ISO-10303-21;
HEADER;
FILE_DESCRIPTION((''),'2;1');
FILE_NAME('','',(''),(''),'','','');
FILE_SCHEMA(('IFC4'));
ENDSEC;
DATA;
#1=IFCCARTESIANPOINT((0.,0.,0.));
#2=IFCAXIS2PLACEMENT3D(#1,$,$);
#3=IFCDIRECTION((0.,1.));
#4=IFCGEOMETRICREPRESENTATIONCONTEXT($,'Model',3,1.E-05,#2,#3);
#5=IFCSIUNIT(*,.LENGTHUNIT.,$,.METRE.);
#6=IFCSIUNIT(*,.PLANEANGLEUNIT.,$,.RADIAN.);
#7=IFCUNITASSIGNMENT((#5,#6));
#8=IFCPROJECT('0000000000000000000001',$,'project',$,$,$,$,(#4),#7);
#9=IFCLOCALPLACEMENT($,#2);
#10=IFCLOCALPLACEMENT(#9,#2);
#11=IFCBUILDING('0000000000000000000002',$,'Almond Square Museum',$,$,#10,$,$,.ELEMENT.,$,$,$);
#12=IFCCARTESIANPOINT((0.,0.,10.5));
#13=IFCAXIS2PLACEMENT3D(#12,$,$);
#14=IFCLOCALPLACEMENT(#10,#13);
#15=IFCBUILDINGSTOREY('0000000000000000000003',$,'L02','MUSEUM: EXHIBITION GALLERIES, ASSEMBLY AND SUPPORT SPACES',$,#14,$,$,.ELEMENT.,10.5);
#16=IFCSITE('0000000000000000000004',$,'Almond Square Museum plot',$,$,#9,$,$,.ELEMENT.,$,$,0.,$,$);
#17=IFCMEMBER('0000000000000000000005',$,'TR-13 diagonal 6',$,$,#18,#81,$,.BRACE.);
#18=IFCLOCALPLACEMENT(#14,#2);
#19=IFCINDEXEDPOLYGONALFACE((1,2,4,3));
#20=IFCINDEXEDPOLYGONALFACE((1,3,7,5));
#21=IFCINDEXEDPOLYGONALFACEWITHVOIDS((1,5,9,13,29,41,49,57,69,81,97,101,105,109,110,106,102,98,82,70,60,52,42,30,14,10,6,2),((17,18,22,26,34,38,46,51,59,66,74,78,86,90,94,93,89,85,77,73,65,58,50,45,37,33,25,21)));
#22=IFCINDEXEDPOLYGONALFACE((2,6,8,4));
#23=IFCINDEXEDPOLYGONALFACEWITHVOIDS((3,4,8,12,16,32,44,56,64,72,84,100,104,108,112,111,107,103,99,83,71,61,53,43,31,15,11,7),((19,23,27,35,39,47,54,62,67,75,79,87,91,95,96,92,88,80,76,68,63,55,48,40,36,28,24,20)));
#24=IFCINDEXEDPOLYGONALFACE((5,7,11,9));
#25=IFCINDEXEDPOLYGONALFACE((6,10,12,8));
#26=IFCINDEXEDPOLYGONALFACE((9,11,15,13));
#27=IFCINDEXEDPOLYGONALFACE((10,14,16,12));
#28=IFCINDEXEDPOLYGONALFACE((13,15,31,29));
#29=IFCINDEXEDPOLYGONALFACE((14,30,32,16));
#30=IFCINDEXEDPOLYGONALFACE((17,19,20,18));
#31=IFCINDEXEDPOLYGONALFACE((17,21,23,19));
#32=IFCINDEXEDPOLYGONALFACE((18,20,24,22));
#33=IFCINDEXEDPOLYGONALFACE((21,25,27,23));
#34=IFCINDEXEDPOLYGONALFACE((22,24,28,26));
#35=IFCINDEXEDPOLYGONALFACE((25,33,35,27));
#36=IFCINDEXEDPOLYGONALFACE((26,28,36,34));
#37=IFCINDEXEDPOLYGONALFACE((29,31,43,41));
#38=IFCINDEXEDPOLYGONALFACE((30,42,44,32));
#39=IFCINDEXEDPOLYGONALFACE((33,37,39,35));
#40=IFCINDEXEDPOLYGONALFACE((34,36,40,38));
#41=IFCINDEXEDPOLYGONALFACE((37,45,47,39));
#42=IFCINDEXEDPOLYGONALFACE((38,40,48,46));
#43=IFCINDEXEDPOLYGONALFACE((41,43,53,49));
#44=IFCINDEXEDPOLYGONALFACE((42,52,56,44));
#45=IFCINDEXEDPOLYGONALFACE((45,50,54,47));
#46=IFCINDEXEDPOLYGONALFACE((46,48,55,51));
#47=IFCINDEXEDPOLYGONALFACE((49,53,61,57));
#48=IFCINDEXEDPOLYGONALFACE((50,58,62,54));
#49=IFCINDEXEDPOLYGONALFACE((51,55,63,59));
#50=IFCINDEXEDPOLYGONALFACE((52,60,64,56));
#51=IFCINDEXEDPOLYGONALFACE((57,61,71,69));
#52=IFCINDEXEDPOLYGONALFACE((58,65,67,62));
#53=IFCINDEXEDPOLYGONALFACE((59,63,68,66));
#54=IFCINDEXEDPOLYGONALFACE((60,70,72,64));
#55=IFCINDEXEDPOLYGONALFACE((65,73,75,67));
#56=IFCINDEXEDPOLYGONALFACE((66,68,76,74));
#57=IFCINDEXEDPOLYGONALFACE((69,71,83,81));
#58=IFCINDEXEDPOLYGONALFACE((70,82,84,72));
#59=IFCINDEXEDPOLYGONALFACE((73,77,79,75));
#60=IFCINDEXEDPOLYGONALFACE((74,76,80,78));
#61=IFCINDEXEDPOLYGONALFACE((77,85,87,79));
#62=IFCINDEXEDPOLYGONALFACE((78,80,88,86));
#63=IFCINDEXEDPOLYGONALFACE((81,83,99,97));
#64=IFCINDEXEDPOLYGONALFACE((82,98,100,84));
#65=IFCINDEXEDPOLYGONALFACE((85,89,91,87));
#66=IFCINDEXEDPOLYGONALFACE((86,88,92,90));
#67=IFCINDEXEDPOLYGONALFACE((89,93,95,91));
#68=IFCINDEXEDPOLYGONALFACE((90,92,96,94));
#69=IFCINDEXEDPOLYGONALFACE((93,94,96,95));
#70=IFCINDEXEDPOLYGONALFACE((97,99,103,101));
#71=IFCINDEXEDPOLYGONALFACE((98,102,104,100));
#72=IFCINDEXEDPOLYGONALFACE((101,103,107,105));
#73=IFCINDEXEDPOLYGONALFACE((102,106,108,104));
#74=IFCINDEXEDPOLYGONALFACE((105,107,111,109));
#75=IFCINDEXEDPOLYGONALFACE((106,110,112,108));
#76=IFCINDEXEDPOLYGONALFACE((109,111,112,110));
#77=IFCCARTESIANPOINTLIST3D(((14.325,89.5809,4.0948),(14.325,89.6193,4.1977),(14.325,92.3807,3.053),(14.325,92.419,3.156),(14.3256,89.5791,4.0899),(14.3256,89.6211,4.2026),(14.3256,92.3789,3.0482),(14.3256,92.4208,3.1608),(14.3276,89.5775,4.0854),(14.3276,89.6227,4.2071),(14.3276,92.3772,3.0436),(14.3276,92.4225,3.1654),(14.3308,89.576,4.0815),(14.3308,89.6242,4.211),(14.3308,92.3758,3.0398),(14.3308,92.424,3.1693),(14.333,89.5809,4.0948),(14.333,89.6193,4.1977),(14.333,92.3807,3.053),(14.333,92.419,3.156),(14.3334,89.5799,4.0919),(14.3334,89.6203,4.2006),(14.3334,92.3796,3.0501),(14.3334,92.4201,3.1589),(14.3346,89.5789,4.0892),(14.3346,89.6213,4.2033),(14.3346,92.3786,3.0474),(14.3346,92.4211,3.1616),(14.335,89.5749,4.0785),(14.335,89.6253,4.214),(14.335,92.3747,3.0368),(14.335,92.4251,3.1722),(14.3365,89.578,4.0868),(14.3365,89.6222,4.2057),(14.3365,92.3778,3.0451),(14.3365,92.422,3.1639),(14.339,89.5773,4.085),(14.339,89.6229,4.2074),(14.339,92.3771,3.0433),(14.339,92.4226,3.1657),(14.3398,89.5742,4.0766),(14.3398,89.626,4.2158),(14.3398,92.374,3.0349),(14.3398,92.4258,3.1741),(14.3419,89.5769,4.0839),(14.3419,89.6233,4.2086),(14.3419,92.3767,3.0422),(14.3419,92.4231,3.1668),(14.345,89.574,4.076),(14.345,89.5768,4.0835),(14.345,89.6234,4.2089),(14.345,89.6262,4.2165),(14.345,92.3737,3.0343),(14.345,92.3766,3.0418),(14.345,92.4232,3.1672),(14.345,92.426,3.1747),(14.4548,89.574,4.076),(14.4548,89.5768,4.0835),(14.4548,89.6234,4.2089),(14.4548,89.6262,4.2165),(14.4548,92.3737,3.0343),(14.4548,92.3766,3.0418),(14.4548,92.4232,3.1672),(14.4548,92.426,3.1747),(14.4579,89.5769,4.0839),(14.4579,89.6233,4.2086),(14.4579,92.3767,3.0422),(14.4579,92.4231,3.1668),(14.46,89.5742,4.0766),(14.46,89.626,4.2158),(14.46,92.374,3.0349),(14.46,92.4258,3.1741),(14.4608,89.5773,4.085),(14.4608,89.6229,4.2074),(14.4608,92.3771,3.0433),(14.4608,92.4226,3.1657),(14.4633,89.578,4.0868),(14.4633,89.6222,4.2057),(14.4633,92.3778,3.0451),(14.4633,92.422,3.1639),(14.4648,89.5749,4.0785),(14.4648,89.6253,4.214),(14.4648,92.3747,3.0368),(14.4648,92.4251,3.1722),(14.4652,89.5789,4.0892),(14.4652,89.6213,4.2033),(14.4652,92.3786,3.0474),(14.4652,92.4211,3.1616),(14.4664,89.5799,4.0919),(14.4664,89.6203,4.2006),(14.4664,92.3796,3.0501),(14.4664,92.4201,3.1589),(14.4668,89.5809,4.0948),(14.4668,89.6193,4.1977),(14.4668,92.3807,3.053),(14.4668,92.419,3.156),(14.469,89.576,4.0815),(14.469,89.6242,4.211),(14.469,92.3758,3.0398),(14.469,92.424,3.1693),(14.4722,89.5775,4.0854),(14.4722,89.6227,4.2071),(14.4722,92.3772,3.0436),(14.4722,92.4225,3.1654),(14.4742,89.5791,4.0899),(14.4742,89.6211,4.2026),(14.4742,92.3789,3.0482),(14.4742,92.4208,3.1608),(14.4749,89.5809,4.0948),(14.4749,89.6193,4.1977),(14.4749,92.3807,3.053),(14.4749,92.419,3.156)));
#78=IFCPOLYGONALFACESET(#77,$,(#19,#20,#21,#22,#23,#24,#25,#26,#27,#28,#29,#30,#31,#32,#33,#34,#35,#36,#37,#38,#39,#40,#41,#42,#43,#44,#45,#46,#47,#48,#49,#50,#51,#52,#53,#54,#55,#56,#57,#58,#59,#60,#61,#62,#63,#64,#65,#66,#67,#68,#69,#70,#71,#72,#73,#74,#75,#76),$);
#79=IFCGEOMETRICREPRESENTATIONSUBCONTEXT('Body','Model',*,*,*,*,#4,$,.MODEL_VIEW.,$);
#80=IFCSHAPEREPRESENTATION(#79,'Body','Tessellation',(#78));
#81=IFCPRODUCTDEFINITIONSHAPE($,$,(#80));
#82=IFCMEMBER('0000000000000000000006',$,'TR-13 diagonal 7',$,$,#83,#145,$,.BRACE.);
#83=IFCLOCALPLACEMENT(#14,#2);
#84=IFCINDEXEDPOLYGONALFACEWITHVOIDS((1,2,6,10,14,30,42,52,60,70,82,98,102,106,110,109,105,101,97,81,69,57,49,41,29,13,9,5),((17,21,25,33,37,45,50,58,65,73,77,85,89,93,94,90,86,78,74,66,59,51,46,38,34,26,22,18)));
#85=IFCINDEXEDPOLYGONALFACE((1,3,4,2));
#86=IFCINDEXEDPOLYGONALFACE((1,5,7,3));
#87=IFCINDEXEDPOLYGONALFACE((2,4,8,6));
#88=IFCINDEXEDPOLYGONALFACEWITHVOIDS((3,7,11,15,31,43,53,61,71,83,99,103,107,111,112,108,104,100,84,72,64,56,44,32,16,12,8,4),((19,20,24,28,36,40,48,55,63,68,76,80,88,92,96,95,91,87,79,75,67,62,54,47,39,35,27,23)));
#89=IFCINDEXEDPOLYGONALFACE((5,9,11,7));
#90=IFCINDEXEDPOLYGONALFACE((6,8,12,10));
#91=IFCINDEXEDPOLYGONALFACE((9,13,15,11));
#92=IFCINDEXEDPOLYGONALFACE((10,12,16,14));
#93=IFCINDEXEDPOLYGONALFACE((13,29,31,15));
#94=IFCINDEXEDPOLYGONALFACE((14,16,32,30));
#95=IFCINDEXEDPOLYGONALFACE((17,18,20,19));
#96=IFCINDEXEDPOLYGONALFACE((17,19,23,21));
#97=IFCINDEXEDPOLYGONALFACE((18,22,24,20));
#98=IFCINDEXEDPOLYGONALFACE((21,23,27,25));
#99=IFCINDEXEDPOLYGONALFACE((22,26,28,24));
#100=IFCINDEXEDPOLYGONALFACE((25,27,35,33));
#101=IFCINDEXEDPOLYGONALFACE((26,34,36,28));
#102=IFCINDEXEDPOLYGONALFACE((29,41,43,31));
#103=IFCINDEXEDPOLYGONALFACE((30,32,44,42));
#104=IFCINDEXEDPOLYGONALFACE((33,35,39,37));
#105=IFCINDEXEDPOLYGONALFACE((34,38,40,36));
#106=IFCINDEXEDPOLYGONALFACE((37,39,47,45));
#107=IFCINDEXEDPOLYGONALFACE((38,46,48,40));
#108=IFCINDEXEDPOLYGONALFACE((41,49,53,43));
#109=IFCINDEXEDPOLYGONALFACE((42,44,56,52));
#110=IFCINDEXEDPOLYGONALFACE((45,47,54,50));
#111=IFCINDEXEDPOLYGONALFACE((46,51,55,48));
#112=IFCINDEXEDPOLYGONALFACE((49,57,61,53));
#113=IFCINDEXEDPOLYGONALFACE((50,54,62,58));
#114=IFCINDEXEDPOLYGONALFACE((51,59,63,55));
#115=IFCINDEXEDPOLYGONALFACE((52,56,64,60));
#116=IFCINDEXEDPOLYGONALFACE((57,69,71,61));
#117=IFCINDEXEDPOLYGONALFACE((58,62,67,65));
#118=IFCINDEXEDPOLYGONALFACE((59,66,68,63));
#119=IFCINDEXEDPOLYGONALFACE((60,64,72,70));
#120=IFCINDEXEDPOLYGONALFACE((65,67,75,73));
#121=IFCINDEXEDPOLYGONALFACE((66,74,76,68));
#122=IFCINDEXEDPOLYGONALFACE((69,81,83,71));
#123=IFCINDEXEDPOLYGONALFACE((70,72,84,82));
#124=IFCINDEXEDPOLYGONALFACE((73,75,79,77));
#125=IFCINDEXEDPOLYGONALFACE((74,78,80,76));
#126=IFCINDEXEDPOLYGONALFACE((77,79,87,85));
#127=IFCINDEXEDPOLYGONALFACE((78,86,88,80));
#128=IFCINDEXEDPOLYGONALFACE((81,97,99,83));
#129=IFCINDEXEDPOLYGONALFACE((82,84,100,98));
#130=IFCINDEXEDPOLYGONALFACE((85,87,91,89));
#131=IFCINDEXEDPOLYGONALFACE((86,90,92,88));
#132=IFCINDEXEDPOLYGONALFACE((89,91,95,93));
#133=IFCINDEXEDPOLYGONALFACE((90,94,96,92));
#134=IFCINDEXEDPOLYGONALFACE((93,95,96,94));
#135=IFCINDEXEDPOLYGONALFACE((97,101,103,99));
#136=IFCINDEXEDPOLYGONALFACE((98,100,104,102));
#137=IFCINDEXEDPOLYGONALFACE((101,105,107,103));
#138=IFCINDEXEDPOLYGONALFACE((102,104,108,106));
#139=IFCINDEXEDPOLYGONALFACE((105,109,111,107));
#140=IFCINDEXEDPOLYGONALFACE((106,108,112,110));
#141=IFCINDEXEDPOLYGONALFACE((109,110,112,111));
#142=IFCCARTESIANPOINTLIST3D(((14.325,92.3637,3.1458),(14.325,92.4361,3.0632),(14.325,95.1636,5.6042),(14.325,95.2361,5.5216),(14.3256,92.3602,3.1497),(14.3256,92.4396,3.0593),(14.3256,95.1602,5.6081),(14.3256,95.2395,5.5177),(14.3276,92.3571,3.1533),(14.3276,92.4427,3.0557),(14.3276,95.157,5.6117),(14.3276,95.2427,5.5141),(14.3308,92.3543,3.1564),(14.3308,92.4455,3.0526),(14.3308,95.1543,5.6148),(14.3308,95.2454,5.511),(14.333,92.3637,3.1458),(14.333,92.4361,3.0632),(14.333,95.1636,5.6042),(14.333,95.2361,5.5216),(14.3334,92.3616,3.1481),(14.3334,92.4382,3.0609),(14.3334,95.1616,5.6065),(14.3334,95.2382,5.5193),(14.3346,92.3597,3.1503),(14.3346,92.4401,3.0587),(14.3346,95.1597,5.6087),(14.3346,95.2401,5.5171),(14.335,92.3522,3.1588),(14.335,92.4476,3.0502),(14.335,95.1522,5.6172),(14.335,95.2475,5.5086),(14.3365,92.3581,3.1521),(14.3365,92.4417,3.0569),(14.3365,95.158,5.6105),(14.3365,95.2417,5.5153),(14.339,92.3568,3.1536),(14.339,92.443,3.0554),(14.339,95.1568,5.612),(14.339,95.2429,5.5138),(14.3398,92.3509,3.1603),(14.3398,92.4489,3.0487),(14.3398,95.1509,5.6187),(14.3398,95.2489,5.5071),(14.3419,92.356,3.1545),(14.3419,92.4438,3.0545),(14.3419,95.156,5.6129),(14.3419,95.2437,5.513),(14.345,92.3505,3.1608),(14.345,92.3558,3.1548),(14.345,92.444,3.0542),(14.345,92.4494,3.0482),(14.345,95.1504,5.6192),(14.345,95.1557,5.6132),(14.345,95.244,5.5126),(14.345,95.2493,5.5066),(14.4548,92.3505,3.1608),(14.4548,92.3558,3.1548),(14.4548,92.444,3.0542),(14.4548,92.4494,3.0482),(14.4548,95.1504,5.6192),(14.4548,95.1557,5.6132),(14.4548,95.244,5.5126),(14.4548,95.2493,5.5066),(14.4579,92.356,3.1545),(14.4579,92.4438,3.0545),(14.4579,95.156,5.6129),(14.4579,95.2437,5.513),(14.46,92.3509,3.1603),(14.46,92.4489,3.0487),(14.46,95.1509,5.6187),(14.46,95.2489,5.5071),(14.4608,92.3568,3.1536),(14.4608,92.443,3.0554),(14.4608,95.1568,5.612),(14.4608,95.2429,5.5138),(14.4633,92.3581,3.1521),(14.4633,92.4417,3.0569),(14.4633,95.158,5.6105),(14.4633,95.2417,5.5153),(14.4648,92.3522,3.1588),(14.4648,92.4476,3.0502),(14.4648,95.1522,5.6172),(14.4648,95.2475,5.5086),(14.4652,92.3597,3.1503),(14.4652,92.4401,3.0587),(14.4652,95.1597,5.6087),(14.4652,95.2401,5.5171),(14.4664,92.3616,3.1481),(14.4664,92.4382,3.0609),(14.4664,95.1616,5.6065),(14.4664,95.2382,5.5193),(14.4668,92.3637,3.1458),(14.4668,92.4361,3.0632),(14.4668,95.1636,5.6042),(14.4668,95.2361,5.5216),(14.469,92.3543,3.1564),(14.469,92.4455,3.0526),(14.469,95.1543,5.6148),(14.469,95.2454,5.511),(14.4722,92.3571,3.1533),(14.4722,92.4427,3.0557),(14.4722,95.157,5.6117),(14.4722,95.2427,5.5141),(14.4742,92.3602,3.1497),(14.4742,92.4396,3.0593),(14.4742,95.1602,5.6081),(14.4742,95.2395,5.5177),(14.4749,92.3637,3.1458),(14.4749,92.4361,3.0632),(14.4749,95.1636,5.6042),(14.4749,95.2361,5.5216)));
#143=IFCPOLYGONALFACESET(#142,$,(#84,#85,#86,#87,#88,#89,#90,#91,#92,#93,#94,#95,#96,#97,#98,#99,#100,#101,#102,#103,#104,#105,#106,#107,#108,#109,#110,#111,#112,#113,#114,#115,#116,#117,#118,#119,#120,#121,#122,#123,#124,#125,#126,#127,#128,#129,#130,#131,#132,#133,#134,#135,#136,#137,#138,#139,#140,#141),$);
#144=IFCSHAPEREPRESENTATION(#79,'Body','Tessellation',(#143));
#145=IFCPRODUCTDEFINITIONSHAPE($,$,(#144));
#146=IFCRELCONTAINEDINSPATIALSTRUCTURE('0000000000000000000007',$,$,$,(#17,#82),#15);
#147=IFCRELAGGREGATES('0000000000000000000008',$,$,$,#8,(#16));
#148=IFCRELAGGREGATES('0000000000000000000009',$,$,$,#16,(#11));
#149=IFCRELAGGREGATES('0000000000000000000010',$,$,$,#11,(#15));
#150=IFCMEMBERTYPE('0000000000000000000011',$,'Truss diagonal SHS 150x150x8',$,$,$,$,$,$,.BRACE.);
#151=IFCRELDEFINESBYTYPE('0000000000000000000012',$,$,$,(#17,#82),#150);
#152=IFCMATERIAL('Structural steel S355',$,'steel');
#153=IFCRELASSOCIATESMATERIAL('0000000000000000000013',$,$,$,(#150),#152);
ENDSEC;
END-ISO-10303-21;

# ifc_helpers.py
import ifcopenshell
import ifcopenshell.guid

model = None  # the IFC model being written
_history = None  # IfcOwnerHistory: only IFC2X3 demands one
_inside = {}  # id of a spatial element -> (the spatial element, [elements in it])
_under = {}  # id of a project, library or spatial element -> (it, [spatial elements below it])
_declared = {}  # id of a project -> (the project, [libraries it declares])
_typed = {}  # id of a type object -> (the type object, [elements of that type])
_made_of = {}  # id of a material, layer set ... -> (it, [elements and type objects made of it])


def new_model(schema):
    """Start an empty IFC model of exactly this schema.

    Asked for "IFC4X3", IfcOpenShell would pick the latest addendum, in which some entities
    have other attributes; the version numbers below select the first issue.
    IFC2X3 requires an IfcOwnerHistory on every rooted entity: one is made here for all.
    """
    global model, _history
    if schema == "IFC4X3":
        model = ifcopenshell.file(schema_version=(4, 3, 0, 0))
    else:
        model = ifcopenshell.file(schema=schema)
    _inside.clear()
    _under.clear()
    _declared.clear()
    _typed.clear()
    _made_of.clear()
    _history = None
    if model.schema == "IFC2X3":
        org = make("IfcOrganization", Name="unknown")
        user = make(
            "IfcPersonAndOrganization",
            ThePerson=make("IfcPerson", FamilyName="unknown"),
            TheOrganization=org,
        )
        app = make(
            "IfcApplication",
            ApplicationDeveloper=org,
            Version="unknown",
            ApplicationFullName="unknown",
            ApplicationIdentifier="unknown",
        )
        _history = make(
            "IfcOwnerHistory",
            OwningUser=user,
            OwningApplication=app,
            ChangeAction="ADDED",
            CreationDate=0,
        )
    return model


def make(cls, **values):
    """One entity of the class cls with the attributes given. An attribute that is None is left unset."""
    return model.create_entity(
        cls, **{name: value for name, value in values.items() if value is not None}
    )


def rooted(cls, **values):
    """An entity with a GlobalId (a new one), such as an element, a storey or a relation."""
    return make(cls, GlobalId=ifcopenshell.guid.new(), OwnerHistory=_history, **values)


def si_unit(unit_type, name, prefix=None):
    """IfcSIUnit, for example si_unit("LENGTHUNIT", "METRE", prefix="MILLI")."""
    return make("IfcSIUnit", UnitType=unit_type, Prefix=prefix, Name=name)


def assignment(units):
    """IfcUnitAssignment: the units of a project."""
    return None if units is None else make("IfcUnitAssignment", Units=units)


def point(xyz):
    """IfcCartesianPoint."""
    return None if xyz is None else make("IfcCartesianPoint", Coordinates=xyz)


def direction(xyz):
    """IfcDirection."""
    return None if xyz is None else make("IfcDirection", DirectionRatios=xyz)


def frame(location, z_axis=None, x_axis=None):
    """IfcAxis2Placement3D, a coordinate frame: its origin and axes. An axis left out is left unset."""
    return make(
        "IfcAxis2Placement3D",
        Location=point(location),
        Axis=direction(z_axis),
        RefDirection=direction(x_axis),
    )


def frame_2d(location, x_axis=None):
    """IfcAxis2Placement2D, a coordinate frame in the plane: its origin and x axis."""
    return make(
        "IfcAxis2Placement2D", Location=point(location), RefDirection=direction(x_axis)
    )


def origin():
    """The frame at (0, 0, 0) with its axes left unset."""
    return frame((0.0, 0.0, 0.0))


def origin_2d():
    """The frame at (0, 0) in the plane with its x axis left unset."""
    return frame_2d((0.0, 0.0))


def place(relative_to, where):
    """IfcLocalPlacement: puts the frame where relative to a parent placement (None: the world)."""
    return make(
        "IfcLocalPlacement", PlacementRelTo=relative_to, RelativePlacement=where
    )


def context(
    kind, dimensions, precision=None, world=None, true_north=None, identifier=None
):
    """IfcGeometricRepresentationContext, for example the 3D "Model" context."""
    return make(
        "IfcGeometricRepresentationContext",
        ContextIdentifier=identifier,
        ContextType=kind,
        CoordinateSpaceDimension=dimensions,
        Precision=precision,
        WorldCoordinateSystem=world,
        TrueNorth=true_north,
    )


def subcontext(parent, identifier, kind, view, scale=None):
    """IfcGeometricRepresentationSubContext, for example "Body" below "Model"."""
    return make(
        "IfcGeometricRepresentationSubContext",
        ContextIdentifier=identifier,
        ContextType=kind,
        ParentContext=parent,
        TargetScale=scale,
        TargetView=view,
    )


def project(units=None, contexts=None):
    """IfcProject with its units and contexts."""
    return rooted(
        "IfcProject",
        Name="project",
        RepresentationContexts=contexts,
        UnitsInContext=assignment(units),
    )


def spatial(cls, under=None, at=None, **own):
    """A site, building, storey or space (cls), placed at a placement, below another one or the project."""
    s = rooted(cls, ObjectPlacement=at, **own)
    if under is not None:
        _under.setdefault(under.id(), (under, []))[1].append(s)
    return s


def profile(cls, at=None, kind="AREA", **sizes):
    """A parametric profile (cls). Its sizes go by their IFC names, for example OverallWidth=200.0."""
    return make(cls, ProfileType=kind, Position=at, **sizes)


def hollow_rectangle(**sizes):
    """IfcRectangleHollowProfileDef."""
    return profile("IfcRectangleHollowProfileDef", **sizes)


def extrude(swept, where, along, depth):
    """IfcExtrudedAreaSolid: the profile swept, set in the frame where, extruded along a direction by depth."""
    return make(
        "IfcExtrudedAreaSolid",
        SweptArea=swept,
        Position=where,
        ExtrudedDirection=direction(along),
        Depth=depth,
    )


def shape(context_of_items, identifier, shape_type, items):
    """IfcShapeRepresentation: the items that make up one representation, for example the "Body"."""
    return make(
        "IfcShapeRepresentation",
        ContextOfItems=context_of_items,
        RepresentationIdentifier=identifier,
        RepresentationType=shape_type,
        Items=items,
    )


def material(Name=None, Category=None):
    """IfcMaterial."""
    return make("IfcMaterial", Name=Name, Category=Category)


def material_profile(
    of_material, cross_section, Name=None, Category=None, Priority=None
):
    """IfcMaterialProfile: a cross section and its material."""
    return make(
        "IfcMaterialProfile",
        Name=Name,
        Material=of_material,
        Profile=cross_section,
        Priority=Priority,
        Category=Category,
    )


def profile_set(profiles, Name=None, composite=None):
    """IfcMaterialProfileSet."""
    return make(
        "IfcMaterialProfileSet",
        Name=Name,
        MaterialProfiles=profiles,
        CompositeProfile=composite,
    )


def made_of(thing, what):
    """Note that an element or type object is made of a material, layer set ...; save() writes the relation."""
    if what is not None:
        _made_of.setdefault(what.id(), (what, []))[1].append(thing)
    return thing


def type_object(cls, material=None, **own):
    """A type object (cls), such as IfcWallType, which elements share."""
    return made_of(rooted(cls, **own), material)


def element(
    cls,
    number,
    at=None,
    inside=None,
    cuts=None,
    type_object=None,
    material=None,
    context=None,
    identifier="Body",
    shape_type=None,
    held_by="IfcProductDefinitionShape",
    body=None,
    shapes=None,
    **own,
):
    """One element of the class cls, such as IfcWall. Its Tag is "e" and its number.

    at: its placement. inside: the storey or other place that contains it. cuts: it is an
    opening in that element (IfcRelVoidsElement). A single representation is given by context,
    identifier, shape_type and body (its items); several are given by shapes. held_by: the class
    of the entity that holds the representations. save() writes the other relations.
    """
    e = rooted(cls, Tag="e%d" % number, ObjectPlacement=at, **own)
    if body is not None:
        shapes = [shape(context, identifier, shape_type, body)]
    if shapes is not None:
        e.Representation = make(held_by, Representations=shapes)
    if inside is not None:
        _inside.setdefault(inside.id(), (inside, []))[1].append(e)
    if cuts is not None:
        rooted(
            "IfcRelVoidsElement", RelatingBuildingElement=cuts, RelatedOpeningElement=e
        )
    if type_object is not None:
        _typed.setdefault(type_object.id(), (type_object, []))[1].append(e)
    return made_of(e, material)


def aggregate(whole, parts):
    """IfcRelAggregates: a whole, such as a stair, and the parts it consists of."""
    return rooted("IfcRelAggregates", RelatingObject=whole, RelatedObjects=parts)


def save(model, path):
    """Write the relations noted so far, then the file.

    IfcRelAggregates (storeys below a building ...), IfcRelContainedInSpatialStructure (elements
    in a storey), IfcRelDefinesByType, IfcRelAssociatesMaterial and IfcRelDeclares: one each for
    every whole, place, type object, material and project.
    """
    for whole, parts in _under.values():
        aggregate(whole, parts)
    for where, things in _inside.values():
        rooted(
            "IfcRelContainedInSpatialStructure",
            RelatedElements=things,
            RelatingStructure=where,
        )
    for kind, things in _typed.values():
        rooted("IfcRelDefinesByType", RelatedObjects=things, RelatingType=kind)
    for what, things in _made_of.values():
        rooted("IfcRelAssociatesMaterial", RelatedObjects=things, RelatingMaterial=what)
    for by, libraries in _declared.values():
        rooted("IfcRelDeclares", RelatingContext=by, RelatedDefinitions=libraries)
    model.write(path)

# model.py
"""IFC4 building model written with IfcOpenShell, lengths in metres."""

from ifc_helpers import new_model, si_unit, direction, frame, origin, origin_2d, place, context, subcontext, project, spatial, hollow_rectangle, extrude, material, material_profile, profile_set, type_object, element, save


model = new_model("IFC4")

# Units and contexts
model_context = context("Model", 3, precision=1e-05, world=origin(), true_north=direction((0.0, 1.0)))
body_context = subcontext(model_context, "Body", "Model", "MODEL_VIEW")
ifc_project = project(units=[si_unit("LENGTHUNIT", "METRE"), si_unit("PLANEANGLEUNIT", "RADIAN")], contexts=[model_context])

# Site, building, storey
site_placement = place(None, origin())
site = spatial("IfcSite", under=ifc_project, at=site_placement, Name="Almond Square Museum plot", CompositionType="ELEMENT", RefElevation=0.0)
building_placement = place(site_placement, origin())
building = spatial("IfcBuilding", under=site, at=building_placement, Name="Almond Square Museum", CompositionType="ELEMENT")
storey_placement = place(building_placement, frame((0.0, 0.0, 10.5)))
storey = spatial("IfcBuildingStorey", under=building, at=storey_placement, Name="L02", Description="MUSEUM: EXHIBITION GALLERIES, ASSEMBLY AND SUPPORT SPACES", CompositionType="ELEMENT", Elevation=10.5)

# Members
ifc_material_1 = material(Name="Structural steel S355", Category="steel")
ifc_material_profile_1 = material_profile(ifc_material_1, hollow_rectangle(XDim=0.1499, YDim=0.1499, WallThickness=0.0081, InnerFilletRadius=0.012, OuterFilletRadius=0.02, at=origin_2d()))
ifc_profile_set_1 = profile_set([ifc_material_profile_1], Name="Structural steel S355")
member_type_1 = type_object("IfcMemberType", Name="Truss diagonal SHS 150x150x8", PredefinedType="BRACE", material=ifc_profile_set_1)
member_1_placement = place(storey_placement, frame((14.3999, 89.6001, 4.1462), z_axis=(0.0, 0.937226, -0.348722), x_axis=(-1.0, 0.0, 0.0)))
element("IfcMember", 1, at=member_1_placement, inside=storey, type_object=member_type_1, Name="TR-13 diagonal 6", PredefinedType="BRACE", context=body_context, shape_type="SweptSolid", body=[
    extrude(hollow_rectangle(XDim=0.1499, YDim=0.1499, WallThickness=0.0081, InnerFilletRadius=0.012, OuterFilletRadius=0.02, at=origin_2d()), origin(), (0.0, 0.0, 1.0), 2.9873),
])
for number, where, z_axis, x_axis, name in (
    (2, (14.3999, 92.3999, 3.1045), (0.0, 0.751451, 0.659789), (-1.0, 0.0, 0.0), "TR-13 diagonal 7"),
):
    element("IfcMember", number, at=place(storey_placement, frame(where, z_axis=z_axis, x_axis=x_axis)), inside=storey, type_object=member_type_1, Name=name, PredefinedType="BRACE", context=body_context, shape_type="SweptSolid", body=[
        extrude(hollow_rectangle(XDim=0.1499, YDim=0.1499, WallThickness=0.0081, InnerFilletRadius=0.012, OuterFilletRadius=0.02, at=origin_2d()), origin(), (0.0, 0.0, 1.0), 3.7261),
    ])

save(model, "model.ifc")
